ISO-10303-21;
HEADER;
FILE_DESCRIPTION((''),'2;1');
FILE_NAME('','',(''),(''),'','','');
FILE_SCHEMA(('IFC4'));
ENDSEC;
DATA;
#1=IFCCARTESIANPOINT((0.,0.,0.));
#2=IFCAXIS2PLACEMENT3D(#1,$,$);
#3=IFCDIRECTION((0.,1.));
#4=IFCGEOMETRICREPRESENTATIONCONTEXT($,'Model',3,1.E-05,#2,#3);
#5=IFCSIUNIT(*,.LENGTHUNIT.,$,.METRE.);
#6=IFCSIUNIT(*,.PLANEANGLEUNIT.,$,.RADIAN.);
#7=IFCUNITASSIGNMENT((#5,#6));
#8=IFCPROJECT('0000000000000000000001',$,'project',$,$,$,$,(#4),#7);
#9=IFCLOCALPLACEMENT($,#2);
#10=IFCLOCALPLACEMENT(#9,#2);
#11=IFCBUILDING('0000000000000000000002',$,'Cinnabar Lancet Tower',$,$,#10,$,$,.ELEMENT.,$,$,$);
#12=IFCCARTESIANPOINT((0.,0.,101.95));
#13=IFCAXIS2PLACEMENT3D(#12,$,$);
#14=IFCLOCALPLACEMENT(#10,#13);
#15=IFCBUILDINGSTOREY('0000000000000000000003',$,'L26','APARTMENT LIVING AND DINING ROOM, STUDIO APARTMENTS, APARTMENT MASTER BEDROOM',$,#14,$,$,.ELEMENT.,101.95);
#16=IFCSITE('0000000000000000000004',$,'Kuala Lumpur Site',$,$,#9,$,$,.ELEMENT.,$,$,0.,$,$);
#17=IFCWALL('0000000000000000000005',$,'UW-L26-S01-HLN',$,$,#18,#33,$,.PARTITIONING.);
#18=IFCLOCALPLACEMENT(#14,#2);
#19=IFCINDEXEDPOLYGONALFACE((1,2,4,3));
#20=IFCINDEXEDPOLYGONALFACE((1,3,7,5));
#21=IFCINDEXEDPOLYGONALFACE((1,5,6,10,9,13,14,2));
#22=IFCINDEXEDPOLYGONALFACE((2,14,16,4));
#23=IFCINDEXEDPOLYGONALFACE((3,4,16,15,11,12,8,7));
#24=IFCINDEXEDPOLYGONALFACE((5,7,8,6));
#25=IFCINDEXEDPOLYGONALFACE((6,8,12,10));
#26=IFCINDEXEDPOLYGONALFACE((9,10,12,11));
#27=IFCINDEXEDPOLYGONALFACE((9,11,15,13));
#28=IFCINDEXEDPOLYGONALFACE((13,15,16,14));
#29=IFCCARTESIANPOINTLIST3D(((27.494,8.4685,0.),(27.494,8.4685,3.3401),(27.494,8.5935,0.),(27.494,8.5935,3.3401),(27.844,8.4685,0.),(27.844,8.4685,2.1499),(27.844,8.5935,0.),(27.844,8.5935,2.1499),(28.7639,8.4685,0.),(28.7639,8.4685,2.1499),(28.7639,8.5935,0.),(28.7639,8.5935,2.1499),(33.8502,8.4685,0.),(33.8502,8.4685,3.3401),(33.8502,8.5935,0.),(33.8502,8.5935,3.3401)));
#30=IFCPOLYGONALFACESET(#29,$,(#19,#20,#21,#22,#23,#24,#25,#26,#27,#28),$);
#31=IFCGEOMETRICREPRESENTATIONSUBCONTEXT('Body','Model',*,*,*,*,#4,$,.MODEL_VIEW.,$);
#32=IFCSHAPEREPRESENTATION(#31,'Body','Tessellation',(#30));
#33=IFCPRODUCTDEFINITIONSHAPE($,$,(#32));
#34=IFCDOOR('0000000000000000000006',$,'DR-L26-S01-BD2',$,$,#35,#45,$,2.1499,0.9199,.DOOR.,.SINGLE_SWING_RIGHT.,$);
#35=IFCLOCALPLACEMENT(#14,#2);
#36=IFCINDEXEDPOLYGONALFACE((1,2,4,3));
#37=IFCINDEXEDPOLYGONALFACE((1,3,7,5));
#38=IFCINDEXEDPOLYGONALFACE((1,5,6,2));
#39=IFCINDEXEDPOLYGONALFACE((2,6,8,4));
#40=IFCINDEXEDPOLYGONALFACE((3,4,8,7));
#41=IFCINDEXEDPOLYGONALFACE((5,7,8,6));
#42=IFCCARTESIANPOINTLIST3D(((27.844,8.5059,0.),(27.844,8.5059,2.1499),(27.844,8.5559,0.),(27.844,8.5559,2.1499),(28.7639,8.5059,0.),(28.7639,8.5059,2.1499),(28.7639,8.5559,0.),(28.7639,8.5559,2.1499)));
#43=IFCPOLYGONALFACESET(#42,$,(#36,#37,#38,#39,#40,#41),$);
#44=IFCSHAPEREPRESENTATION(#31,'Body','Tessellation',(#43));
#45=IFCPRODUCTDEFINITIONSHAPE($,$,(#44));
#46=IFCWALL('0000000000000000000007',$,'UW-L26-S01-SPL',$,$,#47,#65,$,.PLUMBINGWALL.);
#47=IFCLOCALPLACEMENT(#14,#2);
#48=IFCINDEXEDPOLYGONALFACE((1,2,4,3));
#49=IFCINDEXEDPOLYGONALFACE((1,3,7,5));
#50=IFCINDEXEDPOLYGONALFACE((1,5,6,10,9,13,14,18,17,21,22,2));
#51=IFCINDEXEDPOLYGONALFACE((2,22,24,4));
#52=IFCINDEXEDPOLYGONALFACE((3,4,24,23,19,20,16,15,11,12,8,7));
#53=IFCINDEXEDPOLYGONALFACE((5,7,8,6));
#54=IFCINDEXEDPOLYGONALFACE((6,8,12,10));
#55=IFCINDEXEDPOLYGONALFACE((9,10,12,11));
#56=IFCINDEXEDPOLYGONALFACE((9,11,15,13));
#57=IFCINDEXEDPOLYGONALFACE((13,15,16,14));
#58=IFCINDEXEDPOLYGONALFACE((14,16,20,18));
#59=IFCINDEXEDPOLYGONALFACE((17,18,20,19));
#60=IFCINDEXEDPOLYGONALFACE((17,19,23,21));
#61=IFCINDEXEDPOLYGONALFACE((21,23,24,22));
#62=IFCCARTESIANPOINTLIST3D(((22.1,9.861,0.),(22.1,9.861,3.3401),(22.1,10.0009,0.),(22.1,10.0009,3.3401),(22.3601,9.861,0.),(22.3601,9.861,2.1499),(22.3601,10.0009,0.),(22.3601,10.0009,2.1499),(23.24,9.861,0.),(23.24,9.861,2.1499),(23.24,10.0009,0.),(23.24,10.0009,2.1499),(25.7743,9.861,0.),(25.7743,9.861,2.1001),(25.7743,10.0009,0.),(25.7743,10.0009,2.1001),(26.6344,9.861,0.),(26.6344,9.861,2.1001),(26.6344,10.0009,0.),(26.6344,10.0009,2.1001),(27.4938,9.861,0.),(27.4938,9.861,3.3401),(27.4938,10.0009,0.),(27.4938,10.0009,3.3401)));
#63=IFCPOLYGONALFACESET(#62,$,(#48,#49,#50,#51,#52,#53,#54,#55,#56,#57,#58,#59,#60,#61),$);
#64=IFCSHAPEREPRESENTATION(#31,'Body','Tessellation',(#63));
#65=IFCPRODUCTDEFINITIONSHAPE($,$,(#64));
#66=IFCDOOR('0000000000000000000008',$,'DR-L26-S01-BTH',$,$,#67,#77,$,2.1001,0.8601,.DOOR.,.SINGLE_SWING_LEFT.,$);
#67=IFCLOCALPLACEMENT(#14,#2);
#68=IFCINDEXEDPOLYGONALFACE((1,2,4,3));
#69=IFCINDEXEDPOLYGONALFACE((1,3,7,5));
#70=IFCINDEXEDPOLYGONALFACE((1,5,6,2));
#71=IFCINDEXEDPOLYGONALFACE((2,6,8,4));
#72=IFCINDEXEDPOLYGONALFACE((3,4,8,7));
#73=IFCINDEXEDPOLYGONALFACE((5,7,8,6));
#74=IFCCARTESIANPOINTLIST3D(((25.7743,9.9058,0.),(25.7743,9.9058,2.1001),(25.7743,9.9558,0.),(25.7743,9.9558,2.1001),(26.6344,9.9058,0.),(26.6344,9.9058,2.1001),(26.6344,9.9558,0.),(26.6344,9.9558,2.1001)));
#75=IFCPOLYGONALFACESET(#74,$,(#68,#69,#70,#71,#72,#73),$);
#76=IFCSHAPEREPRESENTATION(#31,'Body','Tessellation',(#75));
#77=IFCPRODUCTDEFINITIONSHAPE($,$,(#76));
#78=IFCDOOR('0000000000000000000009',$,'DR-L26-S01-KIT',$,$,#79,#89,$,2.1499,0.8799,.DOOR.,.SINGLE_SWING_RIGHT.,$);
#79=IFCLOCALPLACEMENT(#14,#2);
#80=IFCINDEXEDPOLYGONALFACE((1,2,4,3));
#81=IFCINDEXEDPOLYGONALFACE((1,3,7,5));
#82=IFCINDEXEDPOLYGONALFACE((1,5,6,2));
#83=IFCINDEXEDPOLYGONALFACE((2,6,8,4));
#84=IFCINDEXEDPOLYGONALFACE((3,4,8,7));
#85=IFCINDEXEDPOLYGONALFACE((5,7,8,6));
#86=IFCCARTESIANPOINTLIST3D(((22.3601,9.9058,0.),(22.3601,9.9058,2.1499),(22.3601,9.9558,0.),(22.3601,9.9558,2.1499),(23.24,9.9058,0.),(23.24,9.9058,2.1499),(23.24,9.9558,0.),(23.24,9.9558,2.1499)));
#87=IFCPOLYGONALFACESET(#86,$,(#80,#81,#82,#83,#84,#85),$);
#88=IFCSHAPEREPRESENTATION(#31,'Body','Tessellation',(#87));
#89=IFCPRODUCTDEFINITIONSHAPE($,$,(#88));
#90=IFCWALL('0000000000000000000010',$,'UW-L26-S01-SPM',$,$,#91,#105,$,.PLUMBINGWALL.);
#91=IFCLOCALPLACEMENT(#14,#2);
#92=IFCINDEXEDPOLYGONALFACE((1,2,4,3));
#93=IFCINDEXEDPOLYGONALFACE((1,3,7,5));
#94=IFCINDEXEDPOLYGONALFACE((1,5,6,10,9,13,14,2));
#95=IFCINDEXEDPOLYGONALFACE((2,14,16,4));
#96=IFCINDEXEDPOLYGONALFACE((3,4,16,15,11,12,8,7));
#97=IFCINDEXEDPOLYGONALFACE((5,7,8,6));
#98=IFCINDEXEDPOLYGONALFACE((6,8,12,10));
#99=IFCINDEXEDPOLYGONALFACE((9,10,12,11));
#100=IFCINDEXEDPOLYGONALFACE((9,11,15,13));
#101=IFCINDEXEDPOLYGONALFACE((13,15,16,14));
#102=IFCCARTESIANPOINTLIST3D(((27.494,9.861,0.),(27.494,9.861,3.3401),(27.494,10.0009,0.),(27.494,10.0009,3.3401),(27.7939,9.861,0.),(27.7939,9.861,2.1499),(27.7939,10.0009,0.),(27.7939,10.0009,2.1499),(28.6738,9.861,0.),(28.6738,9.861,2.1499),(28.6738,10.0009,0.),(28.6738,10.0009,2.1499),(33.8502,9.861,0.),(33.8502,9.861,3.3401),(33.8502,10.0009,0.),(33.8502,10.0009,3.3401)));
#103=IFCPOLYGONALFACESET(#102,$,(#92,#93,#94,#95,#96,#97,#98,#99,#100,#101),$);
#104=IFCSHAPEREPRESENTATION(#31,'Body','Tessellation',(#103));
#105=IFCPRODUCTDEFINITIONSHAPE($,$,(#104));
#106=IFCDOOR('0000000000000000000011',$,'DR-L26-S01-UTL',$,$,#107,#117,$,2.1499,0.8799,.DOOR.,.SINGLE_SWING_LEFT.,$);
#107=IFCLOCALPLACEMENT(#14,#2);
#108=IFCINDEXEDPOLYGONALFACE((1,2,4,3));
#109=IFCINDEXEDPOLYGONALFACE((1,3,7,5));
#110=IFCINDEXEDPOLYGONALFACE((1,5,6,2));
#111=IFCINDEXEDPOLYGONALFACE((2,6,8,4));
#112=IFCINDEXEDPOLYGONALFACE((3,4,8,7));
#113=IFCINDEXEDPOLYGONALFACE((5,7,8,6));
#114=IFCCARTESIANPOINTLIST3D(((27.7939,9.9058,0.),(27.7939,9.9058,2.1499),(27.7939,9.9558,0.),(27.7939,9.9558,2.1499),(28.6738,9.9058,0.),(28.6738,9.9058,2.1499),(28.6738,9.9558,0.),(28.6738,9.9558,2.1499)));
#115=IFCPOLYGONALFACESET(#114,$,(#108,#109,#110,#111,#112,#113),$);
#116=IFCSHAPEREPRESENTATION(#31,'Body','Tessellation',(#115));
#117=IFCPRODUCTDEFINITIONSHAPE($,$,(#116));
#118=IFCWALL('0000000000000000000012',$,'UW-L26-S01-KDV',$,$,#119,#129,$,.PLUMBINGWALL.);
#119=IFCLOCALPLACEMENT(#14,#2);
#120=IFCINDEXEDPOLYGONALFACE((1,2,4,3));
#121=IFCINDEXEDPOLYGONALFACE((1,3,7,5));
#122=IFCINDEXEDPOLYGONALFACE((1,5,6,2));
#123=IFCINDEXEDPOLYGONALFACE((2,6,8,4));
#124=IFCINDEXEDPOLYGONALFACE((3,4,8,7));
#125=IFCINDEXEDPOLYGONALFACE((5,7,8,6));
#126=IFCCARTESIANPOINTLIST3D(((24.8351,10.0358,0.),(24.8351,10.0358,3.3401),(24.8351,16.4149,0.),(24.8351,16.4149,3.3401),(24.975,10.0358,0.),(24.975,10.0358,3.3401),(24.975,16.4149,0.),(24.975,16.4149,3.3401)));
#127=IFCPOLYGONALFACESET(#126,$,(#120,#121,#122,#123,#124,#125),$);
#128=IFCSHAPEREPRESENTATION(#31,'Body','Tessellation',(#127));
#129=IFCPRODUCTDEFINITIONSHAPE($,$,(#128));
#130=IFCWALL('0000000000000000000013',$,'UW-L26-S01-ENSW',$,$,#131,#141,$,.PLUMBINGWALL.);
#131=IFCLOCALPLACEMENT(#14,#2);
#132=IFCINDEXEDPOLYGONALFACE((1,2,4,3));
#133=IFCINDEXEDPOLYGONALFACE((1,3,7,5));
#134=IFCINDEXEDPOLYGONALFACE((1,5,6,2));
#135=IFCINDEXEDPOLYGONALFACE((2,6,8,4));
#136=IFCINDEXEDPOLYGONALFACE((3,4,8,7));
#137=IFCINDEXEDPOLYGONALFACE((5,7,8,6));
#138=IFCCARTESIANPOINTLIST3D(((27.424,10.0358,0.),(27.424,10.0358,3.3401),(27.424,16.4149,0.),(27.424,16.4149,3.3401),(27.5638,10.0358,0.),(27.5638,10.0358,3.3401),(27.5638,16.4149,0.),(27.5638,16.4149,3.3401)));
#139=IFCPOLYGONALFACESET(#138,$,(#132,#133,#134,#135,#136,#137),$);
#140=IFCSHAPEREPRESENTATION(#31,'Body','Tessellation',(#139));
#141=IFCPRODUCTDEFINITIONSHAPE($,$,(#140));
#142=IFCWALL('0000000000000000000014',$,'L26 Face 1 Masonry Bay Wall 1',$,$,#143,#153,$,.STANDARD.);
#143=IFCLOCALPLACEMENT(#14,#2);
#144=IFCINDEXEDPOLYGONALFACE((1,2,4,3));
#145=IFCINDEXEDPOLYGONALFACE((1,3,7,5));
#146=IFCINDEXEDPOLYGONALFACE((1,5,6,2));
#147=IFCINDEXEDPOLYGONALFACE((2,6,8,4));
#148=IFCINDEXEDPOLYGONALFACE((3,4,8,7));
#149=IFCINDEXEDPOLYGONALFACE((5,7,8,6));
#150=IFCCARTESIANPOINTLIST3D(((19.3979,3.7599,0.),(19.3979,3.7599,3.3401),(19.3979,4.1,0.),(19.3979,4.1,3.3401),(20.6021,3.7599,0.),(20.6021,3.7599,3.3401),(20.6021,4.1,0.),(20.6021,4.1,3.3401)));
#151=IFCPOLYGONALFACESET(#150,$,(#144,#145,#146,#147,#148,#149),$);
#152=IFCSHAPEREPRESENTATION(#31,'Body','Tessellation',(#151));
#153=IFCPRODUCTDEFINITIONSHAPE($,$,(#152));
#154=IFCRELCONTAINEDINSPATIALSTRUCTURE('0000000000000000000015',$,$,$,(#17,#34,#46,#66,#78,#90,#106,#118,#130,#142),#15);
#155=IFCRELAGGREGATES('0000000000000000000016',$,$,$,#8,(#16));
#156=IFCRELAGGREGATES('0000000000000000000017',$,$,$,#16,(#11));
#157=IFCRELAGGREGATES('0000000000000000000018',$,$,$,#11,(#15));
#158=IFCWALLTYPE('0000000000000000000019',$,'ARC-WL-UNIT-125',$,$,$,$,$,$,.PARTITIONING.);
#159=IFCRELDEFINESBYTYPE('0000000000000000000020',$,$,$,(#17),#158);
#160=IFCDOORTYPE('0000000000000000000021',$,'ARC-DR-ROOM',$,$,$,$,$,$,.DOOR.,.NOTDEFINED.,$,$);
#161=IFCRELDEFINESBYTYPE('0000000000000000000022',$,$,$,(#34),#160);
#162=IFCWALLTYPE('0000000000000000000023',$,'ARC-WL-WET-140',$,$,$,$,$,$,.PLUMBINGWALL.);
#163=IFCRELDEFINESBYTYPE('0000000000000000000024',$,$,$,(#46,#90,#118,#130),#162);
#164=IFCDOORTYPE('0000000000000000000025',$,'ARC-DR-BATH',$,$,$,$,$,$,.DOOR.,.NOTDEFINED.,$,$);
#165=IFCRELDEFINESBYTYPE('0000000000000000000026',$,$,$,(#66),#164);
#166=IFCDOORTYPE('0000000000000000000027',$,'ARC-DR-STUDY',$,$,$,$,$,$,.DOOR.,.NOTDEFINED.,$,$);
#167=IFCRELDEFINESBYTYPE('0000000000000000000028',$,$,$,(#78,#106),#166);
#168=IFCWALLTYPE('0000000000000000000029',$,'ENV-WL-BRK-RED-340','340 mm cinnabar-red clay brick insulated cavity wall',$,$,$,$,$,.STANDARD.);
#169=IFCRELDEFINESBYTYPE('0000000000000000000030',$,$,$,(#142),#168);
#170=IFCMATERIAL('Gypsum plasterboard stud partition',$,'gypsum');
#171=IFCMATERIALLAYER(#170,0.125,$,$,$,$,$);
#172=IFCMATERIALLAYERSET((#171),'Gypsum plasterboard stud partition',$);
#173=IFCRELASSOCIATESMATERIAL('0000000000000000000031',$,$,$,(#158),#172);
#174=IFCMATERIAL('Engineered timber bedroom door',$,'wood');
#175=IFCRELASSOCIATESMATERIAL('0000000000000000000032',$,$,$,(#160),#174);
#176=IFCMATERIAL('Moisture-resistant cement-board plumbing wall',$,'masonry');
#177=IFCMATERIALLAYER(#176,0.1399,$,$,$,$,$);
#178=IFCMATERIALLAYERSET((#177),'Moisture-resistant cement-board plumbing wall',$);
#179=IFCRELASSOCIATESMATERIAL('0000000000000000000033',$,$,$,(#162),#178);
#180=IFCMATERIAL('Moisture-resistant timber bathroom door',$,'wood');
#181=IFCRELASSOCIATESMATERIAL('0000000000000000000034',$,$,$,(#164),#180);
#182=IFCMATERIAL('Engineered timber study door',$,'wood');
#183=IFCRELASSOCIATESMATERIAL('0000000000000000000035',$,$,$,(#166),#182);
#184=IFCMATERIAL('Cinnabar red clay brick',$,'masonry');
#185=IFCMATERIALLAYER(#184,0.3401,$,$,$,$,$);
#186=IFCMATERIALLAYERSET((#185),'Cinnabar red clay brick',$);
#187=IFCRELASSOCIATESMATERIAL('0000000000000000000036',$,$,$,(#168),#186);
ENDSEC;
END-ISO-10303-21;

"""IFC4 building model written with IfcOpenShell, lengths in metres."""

from ifc_helpers import new_model, si_unit, direction, frame, frame_2d, origin, place, context, subcontext, project, spatial, rectangle, extrude, material, layer, layer_set, type_object, element, fill, save


model = new_model("IFC4")

# Units and contexts
model_context = context("Model", 3, precision=1e-05, world=origin(), true_north=direction((0.0, 1.0)))
body_context = subcontext(model_context, "Body", "Model", "MODEL_VIEW")
ifc_project = project(units=[si_unit("LENGTHUNIT", "METRE"), si_unit("PLANEANGLEUNIT", "RADIAN")], contexts=[model_context])

# Site, building, storey
site_placement = place(None, origin())
site = spatial("IfcSite", under=ifc_project, at=site_placement, Name="Kuala Lumpur Site", CompositionType="ELEMENT", RefElevation=0.0)
building_placement = place(site_placement, origin())
building = spatial("IfcBuilding", under=site, at=building_placement, Name="Cinnabar Lancet Tower", CompositionType="ELEMENT")
storey_placement = place(building_placement, frame((0.0, 0.0, 101.95)))
storey = spatial("IfcBuildingStorey", under=building, at=storey_placement, Name="L26", Description="APARTMENT LIVING AND DINING ROOM, STUDIO APARTMENTS, APARTMENT MASTER BEDROOM", CompositionType="ELEMENT", Elevation=101.95)

# Shared definitions
ifc_material_1 = material(Name="Gypsum plasterboard stud partition", Category="gypsum")
ifc_layer_1 = layer(ifc_material_1, 0.125)
ifc_layer_set_1 = layer_set([ifc_layer_1], Name="Gypsum plasterboard stud partition")
wall_type_1 = type_object("IfcWallType", Name="ARC-WL-UNIT-125", PredefinedType="PARTITIONING", material=ifc_layer_set_1)

# Wall, opening, door
wall_1_placement = place(storey_placement, frame((27.4939, 8.531, 0.0), z_axis=(0.0, 0.0, 1.0), x_axis=(1.0, 0.0, 0.0)))
wall_1 = element("IfcWall", 1, at=wall_1_placement, inside=storey, type_object=wall_type_1, Name="UW-L26-S01-HLN", PredefinedType="PARTITIONING", context=body_context, shape_type="SweptSolid", body=[
    extrude(rectangle(XDim=6.3562, YDim=0.125, at=frame_2d((3.1782, 0.0))), origin(), (0.0, 0.0, 1.0), 3.3401),
])
opening_1_placement = place(wall_1_placement, frame((0.3501, 0.0, 0.0)))
opening_1 = element("IfcOpeningElement", 2, at=opening_1_placement, cuts=wall_1, PredefinedType="OPENING", context=body_context, shape_type="SweptSolid", body=[
    extrude(rectangle(XDim=0.9199, YDim=2.1499, at=frame_2d((0.46, 1.075))), frame((0.0, 0.0725, 0.0), z_axis=(0.0, -1.0, 0.0), x_axis=(1.0, 0.0, 0.0)), (0.0, 0.0, 1.0), 0.145),
])
ifc_material_2 = material(Name="Engineered timber bedroom door", Category="wood")
door_type_1 = type_object("IfcDoorType", Name="ARC-DR-ROOM", OperationType="NOTDEFINED", PredefinedType="DOOR", material=ifc_material_2)
door_1_placement = place(opening_1_placement, origin())
door_1 = element("IfcDoor", 3, at=door_1_placement, inside=storey, type_object=door_type_1, Name="DR-L26-S01-BD2", OperationType="SINGLE_SWING_RIGHT", OverallHeight=2.1499, OverallWidth=0.9199, PredefinedType="DOOR", context=body_context, shape_type="SweptSolid", body=[
    extrude(rectangle(XDim=0.9199, YDim=2.1499, at=frame_2d((0.46, 1.075))), frame((0.0, 0.0249, 0.0), z_axis=(0.0, -1.0, 0.0), x_axis=(1.0, 0.0, 0.0)), (0.0, 0.0, 1.0), 0.05),
])
fill(opening_1, door_1)

# Wall, openings, doors
ifc_material_3 = material(Name="Moisture-resistant cement-board plumbing wall", Category="masonry")
ifc_layer_2 = layer(ifc_material_3, 0.1399)
ifc_layer_set_2 = layer_set([ifc_layer_2], Name="Moisture-resistant cement-board plumbing wall")
wall_type_2 = type_object("IfcWallType", Name="ARC-WL-WET-140", PredefinedType="PLUMBINGWALL", material=ifc_layer_set_2)
wall_2_placement = place(storey_placement, frame((22.1001, 9.9309, 0.0), z_axis=(0.0, 0.0, 1.0), x_axis=(1.0, 0.0, 0.0)))
wall_2 = element("IfcWall", 4, at=wall_2_placement, inside=storey, type_object=wall_type_2, Name="UW-L26-S01-SPL", PredefinedType="PLUMBINGWALL", context=body_context, shape_type="SweptSolid", body=[
    extrude(rectangle(XDim=5.3938, YDim=0.1399, at=frame_2d((2.6968, 0.0))), origin(), (0.0, 0.0, 1.0), 3.3401),
])
opening_2_placement = place(wall_2_placement, frame((3.6741, 0.0, 0.0)))
opening_2 = element("IfcOpeningElement", 5, at=opening_2_placement, cuts=wall_2, PredefinedType="OPENING", context=body_context, shape_type="SweptSolid", body=[
    extrude(rectangle(XDim=0.8601, YDim=2.1001, at=frame_2d((0.4302, 1.05))), frame((0.0, 0.0798, 0.0), z_axis=(0.0, -1.0, 0.0), x_axis=(1.0, 0.0, 0.0)), (0.0, 0.0, 1.0), 0.1599),
])
opening_3_placement = place(wall_2_placement, frame((0.26, 0.0, 0.0)))
opening_3 = element("IfcOpeningElement", 6, at=opening_3_placement, cuts=wall_2, PredefinedType="OPENING", context=body_context, shape_type="SweptSolid", body=[
    extrude(rectangle(XDim=0.8799, YDim=2.1499, at=frame_2d((0.4399, 1.075))), frame((0.0, 0.0798, 0.0), z_axis=(0.0, -1.0, 0.0), x_axis=(1.0, 0.0, 0.0)), (0.0, 0.0, 1.0), 0.1599),
])
ifc_material_4 = material(Name="Moisture-resistant timber bathroom door", Category="wood")
door_type_2 = type_object("IfcDoorType", Name="ARC-DR-BATH", OperationType="NOTDEFINED", PredefinedType="DOOR", material=ifc_material_4)
door_2_placement = place(opening_2_placement, origin())
door_2 = element("IfcDoor", 7, at=door_2_placement, inside=storey, type_object=door_type_2, Name="DR-L26-S01-BTH", OperationType="SINGLE_SWING_LEFT", OverallHeight=2.1001, OverallWidth=0.8601, PredefinedType="DOOR", context=body_context, shape_type="SweptSolid", body=[
    extrude(rectangle(XDim=0.8601, YDim=2.1001, at=frame_2d((0.4302, 1.05))), frame((0.0, 0.0249, 0.0), z_axis=(0.0, -1.0, 0.0), x_axis=(1.0, 0.0, 0.0)), (0.0, 0.0, 1.0), 0.05),
])
fill(opening_2, door_2)
ifc_material_5 = material(Name="Engineered timber study door", Category="wood")
door_type_3 = type_object("IfcDoorType", Name="ARC-DR-STUDY", OperationType="NOTDEFINED", PredefinedType="DOOR", material=ifc_material_5)
door_3_placement = place(opening_3_placement, origin())
door_3 = element("IfcDoor", 8, at=door_3_placement, inside=storey, type_object=door_type_3, Name="DR-L26-S01-KIT", OperationType="SINGLE_SWING_RIGHT", OverallHeight=2.1499, OverallWidth=0.8799, PredefinedType="DOOR", context=body_context, shape_type="SweptSolid", body=[
    extrude(rectangle(XDim=0.8799, YDim=2.1499, at=frame_2d((0.4399, 1.075))), frame((0.0, 0.0249, 0.0), z_axis=(0.0, -1.0, 0.0), x_axis=(1.0, 0.0, 0.0)), (0.0, 0.0, 1.0), 0.05),
])
fill(opening_3, door_3)

# Wall, opening, door
wall_3_placement = place(storey_placement, frame((27.4939, 9.9309, 0.0), z_axis=(0.0, 0.0, 1.0), x_axis=(1.0, 0.0, 0.0)))
wall_3 = element("IfcWall", 9, at=wall_3_placement, inside=storey, type_object=wall_type_2, Name="UW-L26-S01-SPM", PredefinedType="PLUMBINGWALL", context=body_context, shape_type="SweptSolid", body=[
    extrude(rectangle(XDim=6.3562, YDim=0.1399, at=frame_2d((3.1782, 0.0))), origin(), (0.0, 0.0, 1.0), 3.3401),
])
opening_4_placement = place(wall_3_placement, frame((0.3, 0.0, 0.0)))
opening_4 = element("IfcOpeningElement", 10, at=opening_4_placement, cuts=wall_3, PredefinedType="OPENING", context=body_context, shape_type="SweptSolid", body=[
    extrude(rectangle(XDim=0.8799, YDim=2.1499, at=frame_2d((0.4399, 1.075))), frame((0.0, 0.0798, 0.0), z_axis=(0.0, -1.0, 0.0), x_axis=(1.0, 0.0, 0.0)), (0.0, 0.0, 1.0), 0.1599),
])
door_4_placement = place(opening_4_placement, origin())
door_4 = element("IfcDoor", 11, at=door_4_placement, inside=storey, type_object=door_type_3, Name="DR-L26-S01-UTL", OperationType="SINGLE_SWING_LEFT", OverallHeight=2.1499, OverallWidth=0.8799, PredefinedType="DOOR", context=body_context, shape_type="SweptSolid", body=[
    extrude(rectangle(XDim=0.8799, YDim=2.1499, at=frame_2d((0.4399, 1.075))), frame((0.0, 0.0249, 0.0), z_axis=(0.0, -1.0, 0.0), x_axis=(1.0, 0.0, 0.0)), (0.0, 0.0, 1.0), 0.05),
])
fill(opening_4, door_4)

# Walls
for number, where, z_axis, x_axis, name in (
    (12, (24.905, 10.0359, 0.0), (0.0, 0.0, 1.0), (0.0, 1.0, 0.0), "UW-L26-S01-KDV"),
    (13, (27.4939, 10.0359, 0.0), (0.0, 0.0, 1.0), (0.0, 1.0, 0.0), "UW-L26-S01-ENSW"),
):
    element("IfcWall", number, at=place(storey_placement, frame(where, z_axis=z_axis, x_axis=x_axis)), inside=storey, type_object=wall_type_2, Name=name, PredefinedType="PLUMBINGWALL", context=body_context, shape_type="SweptSolid", body=[
        extrude(rectangle(XDim=6.3792, YDim=0.1399, at=frame_2d((3.1895, 0.0))), origin(), (0.0, 0.0, 1.0), 3.3401),
    ])
ifc_material_6 = material(Name="Cinnabar red clay brick", Category="masonry")
ifc_layer_3 = layer(ifc_material_6, 0.3401)
ifc_layer_set_3 = layer_set([ifc_layer_3], Name="Cinnabar red clay brick")
wall_type_3 = type_object("IfcWallType", Name="ENV-WL-BRK-RED-340", Description="340 mm cinnabar-red clay brick insulated cavity wall", PredefinedType="STANDARD", material=ifc_layer_set_3)
wall_4_placement = place(storey_placement, frame((19.3979, 3.9299, 0.0), z_axis=(0.0, 0.0, 1.0), x_axis=(1.0, 0.0, 0.0)))
element("IfcWall", 14, at=wall_4_placement, inside=storey, type_object=wall_type_3, Name="L26 Face 1 Masonry Bay Wall 1", PredefinedType="STANDARD", context=body_context, shape_type="SweptSolid", body=[
    extrude(rectangle(XDim=1.2041, YDim=0.3401, at=frame_2d((0.6021, 0.0))), origin(), (0.0, 0.0, 1.0), 3.3401),
])

save(model, "model.ifc")
